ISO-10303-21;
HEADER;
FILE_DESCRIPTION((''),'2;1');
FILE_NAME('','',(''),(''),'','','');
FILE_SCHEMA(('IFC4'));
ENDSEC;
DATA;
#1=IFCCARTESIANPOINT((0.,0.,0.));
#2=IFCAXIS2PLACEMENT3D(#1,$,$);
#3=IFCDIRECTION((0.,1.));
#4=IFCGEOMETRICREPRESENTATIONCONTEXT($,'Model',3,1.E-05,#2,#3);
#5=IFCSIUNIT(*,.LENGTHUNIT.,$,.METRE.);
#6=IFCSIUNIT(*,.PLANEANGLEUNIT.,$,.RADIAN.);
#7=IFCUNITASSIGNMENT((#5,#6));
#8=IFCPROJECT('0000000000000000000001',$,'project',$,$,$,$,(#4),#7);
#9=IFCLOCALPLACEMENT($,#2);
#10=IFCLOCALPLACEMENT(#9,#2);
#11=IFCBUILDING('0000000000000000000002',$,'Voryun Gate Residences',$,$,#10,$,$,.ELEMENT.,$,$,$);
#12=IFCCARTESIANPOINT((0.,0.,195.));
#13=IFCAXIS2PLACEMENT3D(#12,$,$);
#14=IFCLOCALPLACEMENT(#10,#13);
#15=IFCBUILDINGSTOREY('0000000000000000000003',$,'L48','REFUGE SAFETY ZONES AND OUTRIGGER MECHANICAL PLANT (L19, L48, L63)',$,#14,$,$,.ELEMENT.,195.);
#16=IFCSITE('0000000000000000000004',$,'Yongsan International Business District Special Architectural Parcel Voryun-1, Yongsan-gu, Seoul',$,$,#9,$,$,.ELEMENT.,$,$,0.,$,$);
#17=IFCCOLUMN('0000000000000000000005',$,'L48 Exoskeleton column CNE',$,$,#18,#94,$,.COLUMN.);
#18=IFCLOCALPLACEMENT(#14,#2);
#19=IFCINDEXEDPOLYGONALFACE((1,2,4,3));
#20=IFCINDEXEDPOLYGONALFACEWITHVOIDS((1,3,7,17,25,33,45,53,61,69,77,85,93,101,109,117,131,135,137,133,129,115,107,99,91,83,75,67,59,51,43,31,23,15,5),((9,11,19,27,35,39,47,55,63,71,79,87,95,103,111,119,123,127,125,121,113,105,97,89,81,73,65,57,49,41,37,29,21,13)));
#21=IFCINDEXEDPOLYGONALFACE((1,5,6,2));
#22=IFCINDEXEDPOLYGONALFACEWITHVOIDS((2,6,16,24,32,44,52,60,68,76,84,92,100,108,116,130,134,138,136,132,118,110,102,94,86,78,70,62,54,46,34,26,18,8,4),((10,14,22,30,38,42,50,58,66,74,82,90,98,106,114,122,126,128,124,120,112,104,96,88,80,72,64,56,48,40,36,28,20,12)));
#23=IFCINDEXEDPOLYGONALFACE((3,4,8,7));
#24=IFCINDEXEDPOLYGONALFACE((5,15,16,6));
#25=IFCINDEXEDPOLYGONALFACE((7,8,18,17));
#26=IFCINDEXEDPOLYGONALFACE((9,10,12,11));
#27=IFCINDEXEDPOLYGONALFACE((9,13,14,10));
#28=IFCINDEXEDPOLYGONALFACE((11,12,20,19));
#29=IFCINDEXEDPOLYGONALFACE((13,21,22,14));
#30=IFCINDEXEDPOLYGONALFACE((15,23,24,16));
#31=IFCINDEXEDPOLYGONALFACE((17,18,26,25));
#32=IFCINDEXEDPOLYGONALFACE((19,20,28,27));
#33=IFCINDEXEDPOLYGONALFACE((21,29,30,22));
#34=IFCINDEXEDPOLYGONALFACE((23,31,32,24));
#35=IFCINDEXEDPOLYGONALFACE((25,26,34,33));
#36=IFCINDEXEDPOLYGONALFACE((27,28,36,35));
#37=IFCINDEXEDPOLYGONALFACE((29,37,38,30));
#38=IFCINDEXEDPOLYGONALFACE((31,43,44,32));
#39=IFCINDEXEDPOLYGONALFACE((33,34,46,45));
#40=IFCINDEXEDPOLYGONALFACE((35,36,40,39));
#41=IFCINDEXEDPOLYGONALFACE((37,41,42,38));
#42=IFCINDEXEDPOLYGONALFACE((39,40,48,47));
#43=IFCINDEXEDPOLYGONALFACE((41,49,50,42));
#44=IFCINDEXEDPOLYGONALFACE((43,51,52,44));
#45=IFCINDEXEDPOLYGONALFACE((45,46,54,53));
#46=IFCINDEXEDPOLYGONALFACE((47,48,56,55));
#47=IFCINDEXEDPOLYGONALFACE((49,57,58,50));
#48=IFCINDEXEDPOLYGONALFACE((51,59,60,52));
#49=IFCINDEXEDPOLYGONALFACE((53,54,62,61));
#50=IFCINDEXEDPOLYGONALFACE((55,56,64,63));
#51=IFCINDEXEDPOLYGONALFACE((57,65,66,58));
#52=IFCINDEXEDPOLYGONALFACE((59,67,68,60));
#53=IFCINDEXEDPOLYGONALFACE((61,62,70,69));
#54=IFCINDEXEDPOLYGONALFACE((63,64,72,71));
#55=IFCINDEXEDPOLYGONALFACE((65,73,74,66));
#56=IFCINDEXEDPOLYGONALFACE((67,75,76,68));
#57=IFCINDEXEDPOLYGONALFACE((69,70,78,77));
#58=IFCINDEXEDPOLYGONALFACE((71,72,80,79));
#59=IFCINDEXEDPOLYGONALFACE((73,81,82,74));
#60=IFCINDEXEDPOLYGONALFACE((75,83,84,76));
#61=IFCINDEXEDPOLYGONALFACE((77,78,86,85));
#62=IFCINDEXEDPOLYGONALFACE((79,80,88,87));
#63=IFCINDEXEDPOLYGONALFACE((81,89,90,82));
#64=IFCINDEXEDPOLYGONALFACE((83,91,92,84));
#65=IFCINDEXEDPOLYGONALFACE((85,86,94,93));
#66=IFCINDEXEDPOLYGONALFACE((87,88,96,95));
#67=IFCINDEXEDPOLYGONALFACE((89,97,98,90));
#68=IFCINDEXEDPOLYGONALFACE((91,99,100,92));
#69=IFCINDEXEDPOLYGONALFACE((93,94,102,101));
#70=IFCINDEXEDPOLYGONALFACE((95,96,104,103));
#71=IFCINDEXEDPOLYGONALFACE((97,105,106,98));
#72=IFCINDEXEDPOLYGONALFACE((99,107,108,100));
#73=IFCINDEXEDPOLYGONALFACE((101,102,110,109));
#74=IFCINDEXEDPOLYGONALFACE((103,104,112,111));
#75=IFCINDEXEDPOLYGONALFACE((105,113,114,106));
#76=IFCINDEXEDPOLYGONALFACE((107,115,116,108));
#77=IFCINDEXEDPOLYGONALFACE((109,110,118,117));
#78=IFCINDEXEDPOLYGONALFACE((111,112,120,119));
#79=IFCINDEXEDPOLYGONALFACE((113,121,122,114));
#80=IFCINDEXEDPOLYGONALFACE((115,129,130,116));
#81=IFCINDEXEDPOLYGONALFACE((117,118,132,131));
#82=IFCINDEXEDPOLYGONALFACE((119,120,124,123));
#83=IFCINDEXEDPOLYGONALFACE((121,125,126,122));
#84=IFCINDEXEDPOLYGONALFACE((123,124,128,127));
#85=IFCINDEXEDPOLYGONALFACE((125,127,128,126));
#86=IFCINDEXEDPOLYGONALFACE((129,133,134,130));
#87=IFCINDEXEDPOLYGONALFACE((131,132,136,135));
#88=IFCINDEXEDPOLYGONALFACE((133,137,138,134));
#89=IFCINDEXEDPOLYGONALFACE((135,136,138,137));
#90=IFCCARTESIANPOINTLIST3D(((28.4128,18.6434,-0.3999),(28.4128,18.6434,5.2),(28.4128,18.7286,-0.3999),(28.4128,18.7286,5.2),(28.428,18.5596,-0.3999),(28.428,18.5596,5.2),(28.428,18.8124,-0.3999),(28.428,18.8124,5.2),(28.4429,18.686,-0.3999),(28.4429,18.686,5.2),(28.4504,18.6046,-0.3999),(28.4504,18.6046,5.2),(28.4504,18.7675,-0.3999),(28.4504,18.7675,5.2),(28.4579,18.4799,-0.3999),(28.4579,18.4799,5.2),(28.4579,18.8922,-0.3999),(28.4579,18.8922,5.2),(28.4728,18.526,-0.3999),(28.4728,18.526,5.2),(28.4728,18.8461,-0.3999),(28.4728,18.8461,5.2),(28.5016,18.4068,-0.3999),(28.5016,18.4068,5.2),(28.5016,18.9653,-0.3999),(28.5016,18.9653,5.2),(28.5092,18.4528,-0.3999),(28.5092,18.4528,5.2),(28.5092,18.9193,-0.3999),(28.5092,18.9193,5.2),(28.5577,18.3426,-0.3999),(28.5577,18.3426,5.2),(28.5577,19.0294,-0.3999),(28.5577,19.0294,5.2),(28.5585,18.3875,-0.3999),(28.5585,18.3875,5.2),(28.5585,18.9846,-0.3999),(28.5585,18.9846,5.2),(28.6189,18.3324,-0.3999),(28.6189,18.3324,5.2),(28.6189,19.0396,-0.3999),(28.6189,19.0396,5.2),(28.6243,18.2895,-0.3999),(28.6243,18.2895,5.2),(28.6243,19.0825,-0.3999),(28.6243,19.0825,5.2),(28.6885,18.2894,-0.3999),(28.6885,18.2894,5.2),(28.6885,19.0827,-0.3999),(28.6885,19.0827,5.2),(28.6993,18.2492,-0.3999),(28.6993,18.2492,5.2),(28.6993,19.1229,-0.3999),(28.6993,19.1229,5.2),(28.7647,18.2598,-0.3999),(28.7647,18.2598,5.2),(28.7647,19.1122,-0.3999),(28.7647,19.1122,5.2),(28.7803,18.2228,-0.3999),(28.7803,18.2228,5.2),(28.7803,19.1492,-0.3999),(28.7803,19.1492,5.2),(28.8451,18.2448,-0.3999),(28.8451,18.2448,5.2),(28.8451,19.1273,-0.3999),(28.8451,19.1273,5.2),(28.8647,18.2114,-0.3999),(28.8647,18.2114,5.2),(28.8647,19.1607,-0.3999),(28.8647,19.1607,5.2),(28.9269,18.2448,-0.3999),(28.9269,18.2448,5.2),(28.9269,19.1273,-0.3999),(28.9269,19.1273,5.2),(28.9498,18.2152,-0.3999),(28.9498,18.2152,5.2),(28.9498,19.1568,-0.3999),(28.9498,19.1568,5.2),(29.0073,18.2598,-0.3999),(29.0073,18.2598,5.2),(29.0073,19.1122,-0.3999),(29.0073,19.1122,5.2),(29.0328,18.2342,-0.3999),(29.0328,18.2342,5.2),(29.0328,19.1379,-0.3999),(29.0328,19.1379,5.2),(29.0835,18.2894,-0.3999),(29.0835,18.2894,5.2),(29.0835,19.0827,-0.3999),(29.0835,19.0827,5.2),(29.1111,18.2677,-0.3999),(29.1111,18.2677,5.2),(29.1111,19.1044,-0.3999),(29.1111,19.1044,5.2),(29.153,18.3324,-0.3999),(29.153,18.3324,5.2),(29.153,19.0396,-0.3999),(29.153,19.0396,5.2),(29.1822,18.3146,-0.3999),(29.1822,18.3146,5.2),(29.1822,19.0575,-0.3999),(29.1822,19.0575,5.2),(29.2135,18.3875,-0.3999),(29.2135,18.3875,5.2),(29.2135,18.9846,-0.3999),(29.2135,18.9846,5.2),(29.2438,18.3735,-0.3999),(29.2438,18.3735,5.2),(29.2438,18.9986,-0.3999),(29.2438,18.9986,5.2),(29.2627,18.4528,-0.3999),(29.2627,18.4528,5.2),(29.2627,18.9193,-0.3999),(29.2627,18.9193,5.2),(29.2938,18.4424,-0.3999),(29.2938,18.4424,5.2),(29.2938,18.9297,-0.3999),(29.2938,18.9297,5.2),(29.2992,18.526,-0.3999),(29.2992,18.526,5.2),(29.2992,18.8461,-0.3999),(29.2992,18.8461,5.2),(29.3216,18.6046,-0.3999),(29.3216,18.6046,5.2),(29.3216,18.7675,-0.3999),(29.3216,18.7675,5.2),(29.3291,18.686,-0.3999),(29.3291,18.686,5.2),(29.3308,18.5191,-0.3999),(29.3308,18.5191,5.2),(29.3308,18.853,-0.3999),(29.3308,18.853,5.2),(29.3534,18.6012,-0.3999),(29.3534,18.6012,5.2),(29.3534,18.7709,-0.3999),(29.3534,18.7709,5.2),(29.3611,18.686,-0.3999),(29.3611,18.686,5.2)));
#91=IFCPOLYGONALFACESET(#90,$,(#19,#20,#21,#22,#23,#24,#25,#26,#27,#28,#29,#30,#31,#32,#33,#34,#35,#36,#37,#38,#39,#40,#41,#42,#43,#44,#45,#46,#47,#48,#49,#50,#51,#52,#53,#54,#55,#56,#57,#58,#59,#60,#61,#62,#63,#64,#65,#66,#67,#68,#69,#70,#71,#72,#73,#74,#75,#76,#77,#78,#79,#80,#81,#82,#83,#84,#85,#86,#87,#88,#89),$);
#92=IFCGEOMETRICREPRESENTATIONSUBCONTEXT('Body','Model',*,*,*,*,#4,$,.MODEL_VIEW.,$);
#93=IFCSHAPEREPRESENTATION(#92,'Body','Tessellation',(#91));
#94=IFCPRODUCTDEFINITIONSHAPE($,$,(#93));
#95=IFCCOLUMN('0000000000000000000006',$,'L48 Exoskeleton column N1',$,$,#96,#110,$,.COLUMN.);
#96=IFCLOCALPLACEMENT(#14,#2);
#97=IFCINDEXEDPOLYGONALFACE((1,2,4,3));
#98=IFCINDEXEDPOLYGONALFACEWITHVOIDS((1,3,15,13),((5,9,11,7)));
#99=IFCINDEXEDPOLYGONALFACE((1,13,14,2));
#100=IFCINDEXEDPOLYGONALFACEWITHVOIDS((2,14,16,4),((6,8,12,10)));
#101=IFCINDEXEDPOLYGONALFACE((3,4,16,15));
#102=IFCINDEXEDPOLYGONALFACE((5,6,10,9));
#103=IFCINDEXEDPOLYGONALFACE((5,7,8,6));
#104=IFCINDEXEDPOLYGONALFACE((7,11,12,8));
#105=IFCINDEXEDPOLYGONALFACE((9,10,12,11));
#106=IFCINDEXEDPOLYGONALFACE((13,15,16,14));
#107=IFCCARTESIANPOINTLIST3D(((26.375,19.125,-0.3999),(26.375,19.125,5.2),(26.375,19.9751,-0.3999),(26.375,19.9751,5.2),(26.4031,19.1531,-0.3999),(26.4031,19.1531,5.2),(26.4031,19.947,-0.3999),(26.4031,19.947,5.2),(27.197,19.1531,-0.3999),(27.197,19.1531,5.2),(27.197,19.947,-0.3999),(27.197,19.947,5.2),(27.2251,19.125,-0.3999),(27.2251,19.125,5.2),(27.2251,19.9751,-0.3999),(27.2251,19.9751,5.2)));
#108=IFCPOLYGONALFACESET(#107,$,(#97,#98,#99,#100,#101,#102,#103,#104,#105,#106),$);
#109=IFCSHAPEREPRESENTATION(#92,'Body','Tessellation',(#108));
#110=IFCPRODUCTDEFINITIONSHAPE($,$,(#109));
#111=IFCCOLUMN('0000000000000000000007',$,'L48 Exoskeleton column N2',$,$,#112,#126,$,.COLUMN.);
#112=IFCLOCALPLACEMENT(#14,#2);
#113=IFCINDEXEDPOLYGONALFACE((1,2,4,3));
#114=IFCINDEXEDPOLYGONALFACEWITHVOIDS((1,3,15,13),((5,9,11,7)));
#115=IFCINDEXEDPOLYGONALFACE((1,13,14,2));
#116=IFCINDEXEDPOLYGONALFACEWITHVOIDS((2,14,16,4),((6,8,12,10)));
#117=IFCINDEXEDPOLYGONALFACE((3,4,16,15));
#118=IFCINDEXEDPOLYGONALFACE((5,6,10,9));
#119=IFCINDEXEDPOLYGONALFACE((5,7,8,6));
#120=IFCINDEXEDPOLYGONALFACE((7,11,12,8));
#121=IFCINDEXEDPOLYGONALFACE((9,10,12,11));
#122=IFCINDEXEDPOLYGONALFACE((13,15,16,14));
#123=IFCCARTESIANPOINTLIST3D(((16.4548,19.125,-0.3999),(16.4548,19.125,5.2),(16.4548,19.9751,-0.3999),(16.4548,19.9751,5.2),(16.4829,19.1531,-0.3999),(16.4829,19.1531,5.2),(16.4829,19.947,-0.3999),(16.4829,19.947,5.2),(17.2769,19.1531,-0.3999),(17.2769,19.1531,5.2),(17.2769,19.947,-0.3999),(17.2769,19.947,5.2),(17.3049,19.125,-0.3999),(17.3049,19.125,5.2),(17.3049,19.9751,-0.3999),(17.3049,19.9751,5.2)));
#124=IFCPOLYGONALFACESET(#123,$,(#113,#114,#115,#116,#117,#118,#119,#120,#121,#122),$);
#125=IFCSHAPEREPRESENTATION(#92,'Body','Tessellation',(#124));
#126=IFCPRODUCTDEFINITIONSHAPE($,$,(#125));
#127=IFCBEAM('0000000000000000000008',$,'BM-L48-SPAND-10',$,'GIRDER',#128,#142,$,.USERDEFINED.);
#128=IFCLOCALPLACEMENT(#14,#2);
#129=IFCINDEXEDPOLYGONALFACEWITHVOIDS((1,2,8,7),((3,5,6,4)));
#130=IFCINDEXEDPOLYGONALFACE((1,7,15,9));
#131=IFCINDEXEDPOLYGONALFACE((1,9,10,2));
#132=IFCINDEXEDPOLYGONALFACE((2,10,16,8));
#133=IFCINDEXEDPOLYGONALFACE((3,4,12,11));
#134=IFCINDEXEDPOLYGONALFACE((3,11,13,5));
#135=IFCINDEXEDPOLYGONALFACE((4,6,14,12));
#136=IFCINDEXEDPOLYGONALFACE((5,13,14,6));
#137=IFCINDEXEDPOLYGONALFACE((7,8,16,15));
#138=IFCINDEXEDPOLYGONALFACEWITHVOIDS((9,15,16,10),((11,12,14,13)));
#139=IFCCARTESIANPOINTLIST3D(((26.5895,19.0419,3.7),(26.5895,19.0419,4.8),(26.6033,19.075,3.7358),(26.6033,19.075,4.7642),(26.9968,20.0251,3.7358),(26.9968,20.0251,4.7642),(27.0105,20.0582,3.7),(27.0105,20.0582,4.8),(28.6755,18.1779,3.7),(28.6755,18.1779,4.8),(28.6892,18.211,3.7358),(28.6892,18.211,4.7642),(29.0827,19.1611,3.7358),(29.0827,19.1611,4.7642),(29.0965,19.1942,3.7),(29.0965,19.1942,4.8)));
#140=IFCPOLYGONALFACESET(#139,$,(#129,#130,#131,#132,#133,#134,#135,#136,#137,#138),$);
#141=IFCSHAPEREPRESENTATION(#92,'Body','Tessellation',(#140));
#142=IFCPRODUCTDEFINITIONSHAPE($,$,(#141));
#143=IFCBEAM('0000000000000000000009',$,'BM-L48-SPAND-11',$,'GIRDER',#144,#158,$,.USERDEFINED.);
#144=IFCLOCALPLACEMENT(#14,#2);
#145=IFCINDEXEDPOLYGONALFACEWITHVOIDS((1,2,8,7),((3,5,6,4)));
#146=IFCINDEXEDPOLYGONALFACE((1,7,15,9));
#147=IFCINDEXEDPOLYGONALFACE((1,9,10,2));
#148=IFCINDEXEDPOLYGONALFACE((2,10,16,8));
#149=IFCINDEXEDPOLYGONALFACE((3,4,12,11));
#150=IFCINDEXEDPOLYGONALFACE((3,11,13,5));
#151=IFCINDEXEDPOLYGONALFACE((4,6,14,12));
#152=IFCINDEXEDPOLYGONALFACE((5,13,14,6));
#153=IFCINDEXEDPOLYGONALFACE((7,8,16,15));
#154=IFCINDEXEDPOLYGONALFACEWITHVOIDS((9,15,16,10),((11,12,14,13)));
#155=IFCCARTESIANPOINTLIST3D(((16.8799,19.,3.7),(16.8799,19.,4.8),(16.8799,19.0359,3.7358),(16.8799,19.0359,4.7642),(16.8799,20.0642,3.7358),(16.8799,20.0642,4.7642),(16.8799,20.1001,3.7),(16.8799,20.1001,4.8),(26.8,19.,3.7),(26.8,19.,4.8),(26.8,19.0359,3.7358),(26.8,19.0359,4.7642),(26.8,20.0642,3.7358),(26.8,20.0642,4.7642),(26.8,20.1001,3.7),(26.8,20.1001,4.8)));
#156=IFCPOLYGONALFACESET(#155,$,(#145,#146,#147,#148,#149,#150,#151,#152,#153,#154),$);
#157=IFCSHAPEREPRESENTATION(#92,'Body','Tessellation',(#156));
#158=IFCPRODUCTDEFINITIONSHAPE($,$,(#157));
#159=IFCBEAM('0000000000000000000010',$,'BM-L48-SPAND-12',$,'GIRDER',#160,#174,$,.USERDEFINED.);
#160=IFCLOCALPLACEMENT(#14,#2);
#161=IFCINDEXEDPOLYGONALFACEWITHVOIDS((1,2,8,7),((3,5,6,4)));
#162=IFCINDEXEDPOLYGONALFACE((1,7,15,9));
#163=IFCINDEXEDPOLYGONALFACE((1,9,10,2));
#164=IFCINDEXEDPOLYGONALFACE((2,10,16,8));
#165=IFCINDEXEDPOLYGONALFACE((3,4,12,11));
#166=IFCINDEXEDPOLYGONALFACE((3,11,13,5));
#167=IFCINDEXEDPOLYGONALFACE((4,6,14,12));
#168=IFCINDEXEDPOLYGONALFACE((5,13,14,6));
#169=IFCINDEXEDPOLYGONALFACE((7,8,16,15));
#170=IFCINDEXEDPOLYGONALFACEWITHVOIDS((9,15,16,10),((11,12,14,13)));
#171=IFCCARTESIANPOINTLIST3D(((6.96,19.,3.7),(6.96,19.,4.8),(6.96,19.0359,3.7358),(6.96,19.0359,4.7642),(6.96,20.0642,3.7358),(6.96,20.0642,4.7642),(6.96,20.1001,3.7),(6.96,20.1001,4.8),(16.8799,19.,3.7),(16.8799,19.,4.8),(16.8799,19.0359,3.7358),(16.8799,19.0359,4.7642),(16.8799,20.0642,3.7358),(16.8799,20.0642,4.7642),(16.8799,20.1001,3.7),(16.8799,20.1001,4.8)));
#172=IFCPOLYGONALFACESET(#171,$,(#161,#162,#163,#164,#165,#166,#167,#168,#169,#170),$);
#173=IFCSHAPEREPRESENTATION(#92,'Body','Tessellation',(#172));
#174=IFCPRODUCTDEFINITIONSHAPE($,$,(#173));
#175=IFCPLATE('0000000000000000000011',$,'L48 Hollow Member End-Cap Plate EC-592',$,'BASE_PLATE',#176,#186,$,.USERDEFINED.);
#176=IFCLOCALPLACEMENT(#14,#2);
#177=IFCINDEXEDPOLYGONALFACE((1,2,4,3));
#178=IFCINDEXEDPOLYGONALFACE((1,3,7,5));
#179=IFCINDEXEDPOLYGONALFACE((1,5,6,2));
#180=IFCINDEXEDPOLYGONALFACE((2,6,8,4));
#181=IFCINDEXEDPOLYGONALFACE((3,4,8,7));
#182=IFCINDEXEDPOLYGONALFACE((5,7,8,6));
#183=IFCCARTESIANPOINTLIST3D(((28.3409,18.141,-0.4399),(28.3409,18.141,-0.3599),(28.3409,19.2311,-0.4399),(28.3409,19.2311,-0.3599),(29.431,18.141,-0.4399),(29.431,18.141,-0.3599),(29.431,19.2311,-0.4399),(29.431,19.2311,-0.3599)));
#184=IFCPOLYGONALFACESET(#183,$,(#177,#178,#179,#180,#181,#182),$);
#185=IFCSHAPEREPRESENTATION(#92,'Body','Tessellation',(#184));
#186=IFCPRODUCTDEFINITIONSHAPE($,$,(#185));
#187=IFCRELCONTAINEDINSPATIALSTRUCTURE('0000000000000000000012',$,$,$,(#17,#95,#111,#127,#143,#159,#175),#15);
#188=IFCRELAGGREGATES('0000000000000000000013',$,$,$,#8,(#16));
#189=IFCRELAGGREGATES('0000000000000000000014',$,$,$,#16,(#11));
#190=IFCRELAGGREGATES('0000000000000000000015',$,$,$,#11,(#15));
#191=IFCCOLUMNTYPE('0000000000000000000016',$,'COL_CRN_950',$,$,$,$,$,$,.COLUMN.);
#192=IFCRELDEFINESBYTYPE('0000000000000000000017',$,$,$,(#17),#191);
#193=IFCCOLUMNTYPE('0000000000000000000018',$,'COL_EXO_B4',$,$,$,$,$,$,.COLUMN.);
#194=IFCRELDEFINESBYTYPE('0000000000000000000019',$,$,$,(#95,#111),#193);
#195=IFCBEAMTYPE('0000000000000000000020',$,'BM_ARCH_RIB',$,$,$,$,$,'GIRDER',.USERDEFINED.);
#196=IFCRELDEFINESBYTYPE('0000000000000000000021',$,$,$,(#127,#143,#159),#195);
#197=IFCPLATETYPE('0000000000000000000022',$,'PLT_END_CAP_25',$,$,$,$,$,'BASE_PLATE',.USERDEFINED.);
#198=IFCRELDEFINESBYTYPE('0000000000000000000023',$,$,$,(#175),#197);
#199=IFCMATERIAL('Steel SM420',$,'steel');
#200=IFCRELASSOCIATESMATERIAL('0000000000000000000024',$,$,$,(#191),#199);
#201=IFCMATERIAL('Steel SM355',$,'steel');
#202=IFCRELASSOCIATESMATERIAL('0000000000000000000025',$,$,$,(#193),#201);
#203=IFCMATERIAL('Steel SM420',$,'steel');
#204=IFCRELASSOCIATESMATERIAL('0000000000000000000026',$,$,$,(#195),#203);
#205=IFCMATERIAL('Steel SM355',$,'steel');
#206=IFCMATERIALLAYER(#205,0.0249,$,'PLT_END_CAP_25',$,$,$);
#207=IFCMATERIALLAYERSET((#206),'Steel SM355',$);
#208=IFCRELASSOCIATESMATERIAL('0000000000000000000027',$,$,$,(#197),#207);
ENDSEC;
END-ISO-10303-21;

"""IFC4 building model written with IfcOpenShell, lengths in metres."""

from ifc_helpers import new_model, si_unit, direction, frame, origin, origin_2d, place, context, subcontext, project, spatial, rectangle, hollow_rectangle, hollow_circle, extrude, material, layer, layer_set, material_profile, profile_set, type_object, element, save


model = new_model("IFC4")

# Units and contexts
model_context = context("Model", 3, precision=1e-05, world=origin(), true_north=direction((0.0, 1.0)))
body_context = subcontext(model_context, "Body", "Model", "MODEL_VIEW")
ifc_project = project(units=[si_unit("LENGTHUNIT", "METRE"), si_unit("PLANEANGLEUNIT", "RADIAN")], contexts=[model_context])

# Site, building, storey
site_placement = place(None, origin())
site = spatial("IfcSite", under=ifc_project, at=site_placement, Name="Yongsan International Business District Special Architectural Parcel Voryun-1, Yongsan-gu, Seoul", CompositionType="ELEMENT", RefElevation=0.0)
building_placement = place(site_placement, origin())
building = spatial("IfcBuilding", under=site, at=building_placement, Name="Voryun Gate Residences", CompositionType="ELEMENT")
storey_placement = place(building_placement, frame((0.0, 0.0, 195.0)))
storey = spatial("IfcBuildingStorey", under=building, at=storey_placement, Name="L48", Description="REFUGE SAFETY ZONES AND OUTRIGGER MECHANICAL PLANT (L19, L48, L63)", CompositionType="ELEMENT", Elevation=195.0)

# Columns
ifc_material_1 = material(Name="Steel SM420", Category="steel")
ifc_material_profile_1 = material_profile(ifc_material_1, hollow_circle(Radius=0.4751, WallThickness=0.032, at=origin_2d()), Name="CHS-950x32")
ifc_profile_set_1 = profile_set([ifc_material_profile_1], Name="Steel SM420")
column_type_1 = type_object("IfcColumnType", Name="COL_CRN_950", PredefinedType="COLUMN", material=ifc_profile_set_1)
column_placement = place(storey_placement, frame((28.886, 18.686, -0.3999), z_axis=(0.0, 0.0, 1.0), x_axis=(1.0, 0.0, 0.0)))
element("IfcColumn", 1, at=column_placement, inside=storey, type_object=column_type_1, Name="L48 Exoskeleton column CNE", PredefinedType="COLUMN", context=body_context, shape_type="SweptSolid", body=[
    extrude(hollow_circle(Radius=0.4751, WallThickness=0.032, at=origin_2d()), origin(), (0.0, 0.0, 1.0), 5.5999),
])
ifc_material_2 = material(Name="Steel SM355", Category="steel")
ifc_material_profile_2 = material_profile(ifc_material_2, hollow_rectangle(XDim=0.8501, YDim=0.8501, WallThickness=0.0281, at=origin_2d()), Name="BOX-850x850x28")
ifc_profile_set_2 = profile_set([ifc_material_profile_2], Name="Steel SM355")
column_type_2 = type_object("IfcColumnType", Name="COL_EXO_B4", PredefinedType="COLUMN", material=ifc_profile_set_2)
for number, where, z_axis, x_axis, name in (
    (2, (26.8, 19.55, -0.3999), (0.0, 0.0, 1.0), (1.0, 0.0, 0.0), "L48 Exoskeleton column N1"),
    (3, (16.8799, 19.55, -0.3999), (0.0, 0.0, 1.0), (1.0, 0.0, 0.0), "L48 Exoskeleton column N2"),
):
    element("IfcColumn", number, at=place(storey_placement, frame(where, z_axis=z_axis, x_axis=x_axis)), inside=storey, type_object=column_type_2, Name=name, PredefinedType="COLUMN", context=body_context, shape_type="SweptSolid", body=[
        extrude(hollow_rectangle(XDim=0.8501, YDim=0.8501, WallThickness=0.0281, at=origin_2d()), origin(), (0.0, 0.0, 1.0), 5.5999),
    ])

# Beams
ifc_material_3 = material(Name="Steel SM420", Category="steel")
ifc_material_profile_3 = material_profile(ifc_material_3, hollow_rectangle(XDim=1.1001, YDim=1.1001, WallThickness=0.0359, at=origin_2d()), Name="BOX-1100x1100x36")
ifc_profile_set_3 = profile_set([ifc_material_profile_3], Name="Steel SM420")
beam_type = type_object("IfcBeamType", Name="BM_ARCH_RIB", ElementType="GIRDER", PredefinedType="USERDEFINED", material=ifc_profile_set_3)
beam_1_placement = place(storey_placement, frame((28.886, 18.686, 4.25), z_axis=(-0.923881, 0.38268, 0.0), x_axis=(-0.38268, -0.923881, 0.0)))
element("IfcBeam", 4, at=beam_1_placement, inside=storey, type_object=beam_type, Name="BM-L48-SPAND-10", ObjectType="GIRDER", PredefinedType="USERDEFINED", context=body_context, shape_type="SweptSolid", body=[
    extrude(hollow_rectangle(XDim=1.1001, YDim=1.1001, WallThickness=0.0359, at=origin_2d()), origin(), (0.0, 0.0, 1.0), 2.2578),
])
beam_2_placement = place(storey_placement, frame((26.8, 19.55, 4.25), z_axis=(-1.0, 0.0, 0.0), x_axis=(0.0, -1.0, 0.0)))
element("IfcBeam", 5, at=beam_2_placement, inside=storey, type_object=beam_type, Name="BM-L48-SPAND-11", ObjectType="GIRDER", PredefinedType="USERDEFINED", context=body_context, shape_type="SweptSolid", body=[
    extrude(hollow_rectangle(XDim=1.1001, YDim=1.1001, WallThickness=0.0359, at=origin_2d()), origin(), (0.0, 0.0, 1.0), 9.9202),
])
beam_3_placement = place(storey_placement, frame((16.8799, 19.55, 4.25), z_axis=(-1.0, 0.0, 0.0), x_axis=(0.0, -1.0, 0.0)))
element("IfcBeam", 6, at=beam_3_placement, inside=storey, type_object=beam_type, Name="BM-L48-SPAND-12", ObjectType="GIRDER", PredefinedType="USERDEFINED", context=body_context, shape_type="SweptSolid", body=[
    extrude(hollow_rectangle(XDim=1.1001, YDim=1.1001, WallThickness=0.0359, at=origin_2d()), origin(), (0.0, 0.0, 1.0), 9.9199),
])

# Plate
ifc_material_4 = material(Name="Steel SM355", Category="steel")
ifc_layer_1 = layer(ifc_material_4, 0.0249, Name="PLT_END_CAP_25")
ifc_layer_set_1 = layer_set([ifc_layer_1], Name="Steel SM355")
plate_type = type_object("IfcPlateType", Name="PLT_END_CAP_25", ElementType="BASE_PLATE", PredefinedType="USERDEFINED", material=ifc_layer_set_1)
plate_placement = place(storey_placement, frame((28.886, 18.686, -0.4399), z_axis=(0.0, 0.0, 1.0), x_axis=(1.0, 0.0, 0.0)))
element("IfcPlate", 7, at=plate_placement, inside=storey, type_object=plate_type, Name="L48 Hollow Member End-Cap Plate EC-592", ObjectType="BASE_PLATE", PredefinedType="USERDEFINED", context=body_context, shape_type="SweptSolid", body=[
    extrude(rectangle(XDim=1.0901, YDim=1.0901, at=origin_2d()), origin(), (0.0, 0.0, 1.0), 0.0801),
])

save(model, "model.ifc")
